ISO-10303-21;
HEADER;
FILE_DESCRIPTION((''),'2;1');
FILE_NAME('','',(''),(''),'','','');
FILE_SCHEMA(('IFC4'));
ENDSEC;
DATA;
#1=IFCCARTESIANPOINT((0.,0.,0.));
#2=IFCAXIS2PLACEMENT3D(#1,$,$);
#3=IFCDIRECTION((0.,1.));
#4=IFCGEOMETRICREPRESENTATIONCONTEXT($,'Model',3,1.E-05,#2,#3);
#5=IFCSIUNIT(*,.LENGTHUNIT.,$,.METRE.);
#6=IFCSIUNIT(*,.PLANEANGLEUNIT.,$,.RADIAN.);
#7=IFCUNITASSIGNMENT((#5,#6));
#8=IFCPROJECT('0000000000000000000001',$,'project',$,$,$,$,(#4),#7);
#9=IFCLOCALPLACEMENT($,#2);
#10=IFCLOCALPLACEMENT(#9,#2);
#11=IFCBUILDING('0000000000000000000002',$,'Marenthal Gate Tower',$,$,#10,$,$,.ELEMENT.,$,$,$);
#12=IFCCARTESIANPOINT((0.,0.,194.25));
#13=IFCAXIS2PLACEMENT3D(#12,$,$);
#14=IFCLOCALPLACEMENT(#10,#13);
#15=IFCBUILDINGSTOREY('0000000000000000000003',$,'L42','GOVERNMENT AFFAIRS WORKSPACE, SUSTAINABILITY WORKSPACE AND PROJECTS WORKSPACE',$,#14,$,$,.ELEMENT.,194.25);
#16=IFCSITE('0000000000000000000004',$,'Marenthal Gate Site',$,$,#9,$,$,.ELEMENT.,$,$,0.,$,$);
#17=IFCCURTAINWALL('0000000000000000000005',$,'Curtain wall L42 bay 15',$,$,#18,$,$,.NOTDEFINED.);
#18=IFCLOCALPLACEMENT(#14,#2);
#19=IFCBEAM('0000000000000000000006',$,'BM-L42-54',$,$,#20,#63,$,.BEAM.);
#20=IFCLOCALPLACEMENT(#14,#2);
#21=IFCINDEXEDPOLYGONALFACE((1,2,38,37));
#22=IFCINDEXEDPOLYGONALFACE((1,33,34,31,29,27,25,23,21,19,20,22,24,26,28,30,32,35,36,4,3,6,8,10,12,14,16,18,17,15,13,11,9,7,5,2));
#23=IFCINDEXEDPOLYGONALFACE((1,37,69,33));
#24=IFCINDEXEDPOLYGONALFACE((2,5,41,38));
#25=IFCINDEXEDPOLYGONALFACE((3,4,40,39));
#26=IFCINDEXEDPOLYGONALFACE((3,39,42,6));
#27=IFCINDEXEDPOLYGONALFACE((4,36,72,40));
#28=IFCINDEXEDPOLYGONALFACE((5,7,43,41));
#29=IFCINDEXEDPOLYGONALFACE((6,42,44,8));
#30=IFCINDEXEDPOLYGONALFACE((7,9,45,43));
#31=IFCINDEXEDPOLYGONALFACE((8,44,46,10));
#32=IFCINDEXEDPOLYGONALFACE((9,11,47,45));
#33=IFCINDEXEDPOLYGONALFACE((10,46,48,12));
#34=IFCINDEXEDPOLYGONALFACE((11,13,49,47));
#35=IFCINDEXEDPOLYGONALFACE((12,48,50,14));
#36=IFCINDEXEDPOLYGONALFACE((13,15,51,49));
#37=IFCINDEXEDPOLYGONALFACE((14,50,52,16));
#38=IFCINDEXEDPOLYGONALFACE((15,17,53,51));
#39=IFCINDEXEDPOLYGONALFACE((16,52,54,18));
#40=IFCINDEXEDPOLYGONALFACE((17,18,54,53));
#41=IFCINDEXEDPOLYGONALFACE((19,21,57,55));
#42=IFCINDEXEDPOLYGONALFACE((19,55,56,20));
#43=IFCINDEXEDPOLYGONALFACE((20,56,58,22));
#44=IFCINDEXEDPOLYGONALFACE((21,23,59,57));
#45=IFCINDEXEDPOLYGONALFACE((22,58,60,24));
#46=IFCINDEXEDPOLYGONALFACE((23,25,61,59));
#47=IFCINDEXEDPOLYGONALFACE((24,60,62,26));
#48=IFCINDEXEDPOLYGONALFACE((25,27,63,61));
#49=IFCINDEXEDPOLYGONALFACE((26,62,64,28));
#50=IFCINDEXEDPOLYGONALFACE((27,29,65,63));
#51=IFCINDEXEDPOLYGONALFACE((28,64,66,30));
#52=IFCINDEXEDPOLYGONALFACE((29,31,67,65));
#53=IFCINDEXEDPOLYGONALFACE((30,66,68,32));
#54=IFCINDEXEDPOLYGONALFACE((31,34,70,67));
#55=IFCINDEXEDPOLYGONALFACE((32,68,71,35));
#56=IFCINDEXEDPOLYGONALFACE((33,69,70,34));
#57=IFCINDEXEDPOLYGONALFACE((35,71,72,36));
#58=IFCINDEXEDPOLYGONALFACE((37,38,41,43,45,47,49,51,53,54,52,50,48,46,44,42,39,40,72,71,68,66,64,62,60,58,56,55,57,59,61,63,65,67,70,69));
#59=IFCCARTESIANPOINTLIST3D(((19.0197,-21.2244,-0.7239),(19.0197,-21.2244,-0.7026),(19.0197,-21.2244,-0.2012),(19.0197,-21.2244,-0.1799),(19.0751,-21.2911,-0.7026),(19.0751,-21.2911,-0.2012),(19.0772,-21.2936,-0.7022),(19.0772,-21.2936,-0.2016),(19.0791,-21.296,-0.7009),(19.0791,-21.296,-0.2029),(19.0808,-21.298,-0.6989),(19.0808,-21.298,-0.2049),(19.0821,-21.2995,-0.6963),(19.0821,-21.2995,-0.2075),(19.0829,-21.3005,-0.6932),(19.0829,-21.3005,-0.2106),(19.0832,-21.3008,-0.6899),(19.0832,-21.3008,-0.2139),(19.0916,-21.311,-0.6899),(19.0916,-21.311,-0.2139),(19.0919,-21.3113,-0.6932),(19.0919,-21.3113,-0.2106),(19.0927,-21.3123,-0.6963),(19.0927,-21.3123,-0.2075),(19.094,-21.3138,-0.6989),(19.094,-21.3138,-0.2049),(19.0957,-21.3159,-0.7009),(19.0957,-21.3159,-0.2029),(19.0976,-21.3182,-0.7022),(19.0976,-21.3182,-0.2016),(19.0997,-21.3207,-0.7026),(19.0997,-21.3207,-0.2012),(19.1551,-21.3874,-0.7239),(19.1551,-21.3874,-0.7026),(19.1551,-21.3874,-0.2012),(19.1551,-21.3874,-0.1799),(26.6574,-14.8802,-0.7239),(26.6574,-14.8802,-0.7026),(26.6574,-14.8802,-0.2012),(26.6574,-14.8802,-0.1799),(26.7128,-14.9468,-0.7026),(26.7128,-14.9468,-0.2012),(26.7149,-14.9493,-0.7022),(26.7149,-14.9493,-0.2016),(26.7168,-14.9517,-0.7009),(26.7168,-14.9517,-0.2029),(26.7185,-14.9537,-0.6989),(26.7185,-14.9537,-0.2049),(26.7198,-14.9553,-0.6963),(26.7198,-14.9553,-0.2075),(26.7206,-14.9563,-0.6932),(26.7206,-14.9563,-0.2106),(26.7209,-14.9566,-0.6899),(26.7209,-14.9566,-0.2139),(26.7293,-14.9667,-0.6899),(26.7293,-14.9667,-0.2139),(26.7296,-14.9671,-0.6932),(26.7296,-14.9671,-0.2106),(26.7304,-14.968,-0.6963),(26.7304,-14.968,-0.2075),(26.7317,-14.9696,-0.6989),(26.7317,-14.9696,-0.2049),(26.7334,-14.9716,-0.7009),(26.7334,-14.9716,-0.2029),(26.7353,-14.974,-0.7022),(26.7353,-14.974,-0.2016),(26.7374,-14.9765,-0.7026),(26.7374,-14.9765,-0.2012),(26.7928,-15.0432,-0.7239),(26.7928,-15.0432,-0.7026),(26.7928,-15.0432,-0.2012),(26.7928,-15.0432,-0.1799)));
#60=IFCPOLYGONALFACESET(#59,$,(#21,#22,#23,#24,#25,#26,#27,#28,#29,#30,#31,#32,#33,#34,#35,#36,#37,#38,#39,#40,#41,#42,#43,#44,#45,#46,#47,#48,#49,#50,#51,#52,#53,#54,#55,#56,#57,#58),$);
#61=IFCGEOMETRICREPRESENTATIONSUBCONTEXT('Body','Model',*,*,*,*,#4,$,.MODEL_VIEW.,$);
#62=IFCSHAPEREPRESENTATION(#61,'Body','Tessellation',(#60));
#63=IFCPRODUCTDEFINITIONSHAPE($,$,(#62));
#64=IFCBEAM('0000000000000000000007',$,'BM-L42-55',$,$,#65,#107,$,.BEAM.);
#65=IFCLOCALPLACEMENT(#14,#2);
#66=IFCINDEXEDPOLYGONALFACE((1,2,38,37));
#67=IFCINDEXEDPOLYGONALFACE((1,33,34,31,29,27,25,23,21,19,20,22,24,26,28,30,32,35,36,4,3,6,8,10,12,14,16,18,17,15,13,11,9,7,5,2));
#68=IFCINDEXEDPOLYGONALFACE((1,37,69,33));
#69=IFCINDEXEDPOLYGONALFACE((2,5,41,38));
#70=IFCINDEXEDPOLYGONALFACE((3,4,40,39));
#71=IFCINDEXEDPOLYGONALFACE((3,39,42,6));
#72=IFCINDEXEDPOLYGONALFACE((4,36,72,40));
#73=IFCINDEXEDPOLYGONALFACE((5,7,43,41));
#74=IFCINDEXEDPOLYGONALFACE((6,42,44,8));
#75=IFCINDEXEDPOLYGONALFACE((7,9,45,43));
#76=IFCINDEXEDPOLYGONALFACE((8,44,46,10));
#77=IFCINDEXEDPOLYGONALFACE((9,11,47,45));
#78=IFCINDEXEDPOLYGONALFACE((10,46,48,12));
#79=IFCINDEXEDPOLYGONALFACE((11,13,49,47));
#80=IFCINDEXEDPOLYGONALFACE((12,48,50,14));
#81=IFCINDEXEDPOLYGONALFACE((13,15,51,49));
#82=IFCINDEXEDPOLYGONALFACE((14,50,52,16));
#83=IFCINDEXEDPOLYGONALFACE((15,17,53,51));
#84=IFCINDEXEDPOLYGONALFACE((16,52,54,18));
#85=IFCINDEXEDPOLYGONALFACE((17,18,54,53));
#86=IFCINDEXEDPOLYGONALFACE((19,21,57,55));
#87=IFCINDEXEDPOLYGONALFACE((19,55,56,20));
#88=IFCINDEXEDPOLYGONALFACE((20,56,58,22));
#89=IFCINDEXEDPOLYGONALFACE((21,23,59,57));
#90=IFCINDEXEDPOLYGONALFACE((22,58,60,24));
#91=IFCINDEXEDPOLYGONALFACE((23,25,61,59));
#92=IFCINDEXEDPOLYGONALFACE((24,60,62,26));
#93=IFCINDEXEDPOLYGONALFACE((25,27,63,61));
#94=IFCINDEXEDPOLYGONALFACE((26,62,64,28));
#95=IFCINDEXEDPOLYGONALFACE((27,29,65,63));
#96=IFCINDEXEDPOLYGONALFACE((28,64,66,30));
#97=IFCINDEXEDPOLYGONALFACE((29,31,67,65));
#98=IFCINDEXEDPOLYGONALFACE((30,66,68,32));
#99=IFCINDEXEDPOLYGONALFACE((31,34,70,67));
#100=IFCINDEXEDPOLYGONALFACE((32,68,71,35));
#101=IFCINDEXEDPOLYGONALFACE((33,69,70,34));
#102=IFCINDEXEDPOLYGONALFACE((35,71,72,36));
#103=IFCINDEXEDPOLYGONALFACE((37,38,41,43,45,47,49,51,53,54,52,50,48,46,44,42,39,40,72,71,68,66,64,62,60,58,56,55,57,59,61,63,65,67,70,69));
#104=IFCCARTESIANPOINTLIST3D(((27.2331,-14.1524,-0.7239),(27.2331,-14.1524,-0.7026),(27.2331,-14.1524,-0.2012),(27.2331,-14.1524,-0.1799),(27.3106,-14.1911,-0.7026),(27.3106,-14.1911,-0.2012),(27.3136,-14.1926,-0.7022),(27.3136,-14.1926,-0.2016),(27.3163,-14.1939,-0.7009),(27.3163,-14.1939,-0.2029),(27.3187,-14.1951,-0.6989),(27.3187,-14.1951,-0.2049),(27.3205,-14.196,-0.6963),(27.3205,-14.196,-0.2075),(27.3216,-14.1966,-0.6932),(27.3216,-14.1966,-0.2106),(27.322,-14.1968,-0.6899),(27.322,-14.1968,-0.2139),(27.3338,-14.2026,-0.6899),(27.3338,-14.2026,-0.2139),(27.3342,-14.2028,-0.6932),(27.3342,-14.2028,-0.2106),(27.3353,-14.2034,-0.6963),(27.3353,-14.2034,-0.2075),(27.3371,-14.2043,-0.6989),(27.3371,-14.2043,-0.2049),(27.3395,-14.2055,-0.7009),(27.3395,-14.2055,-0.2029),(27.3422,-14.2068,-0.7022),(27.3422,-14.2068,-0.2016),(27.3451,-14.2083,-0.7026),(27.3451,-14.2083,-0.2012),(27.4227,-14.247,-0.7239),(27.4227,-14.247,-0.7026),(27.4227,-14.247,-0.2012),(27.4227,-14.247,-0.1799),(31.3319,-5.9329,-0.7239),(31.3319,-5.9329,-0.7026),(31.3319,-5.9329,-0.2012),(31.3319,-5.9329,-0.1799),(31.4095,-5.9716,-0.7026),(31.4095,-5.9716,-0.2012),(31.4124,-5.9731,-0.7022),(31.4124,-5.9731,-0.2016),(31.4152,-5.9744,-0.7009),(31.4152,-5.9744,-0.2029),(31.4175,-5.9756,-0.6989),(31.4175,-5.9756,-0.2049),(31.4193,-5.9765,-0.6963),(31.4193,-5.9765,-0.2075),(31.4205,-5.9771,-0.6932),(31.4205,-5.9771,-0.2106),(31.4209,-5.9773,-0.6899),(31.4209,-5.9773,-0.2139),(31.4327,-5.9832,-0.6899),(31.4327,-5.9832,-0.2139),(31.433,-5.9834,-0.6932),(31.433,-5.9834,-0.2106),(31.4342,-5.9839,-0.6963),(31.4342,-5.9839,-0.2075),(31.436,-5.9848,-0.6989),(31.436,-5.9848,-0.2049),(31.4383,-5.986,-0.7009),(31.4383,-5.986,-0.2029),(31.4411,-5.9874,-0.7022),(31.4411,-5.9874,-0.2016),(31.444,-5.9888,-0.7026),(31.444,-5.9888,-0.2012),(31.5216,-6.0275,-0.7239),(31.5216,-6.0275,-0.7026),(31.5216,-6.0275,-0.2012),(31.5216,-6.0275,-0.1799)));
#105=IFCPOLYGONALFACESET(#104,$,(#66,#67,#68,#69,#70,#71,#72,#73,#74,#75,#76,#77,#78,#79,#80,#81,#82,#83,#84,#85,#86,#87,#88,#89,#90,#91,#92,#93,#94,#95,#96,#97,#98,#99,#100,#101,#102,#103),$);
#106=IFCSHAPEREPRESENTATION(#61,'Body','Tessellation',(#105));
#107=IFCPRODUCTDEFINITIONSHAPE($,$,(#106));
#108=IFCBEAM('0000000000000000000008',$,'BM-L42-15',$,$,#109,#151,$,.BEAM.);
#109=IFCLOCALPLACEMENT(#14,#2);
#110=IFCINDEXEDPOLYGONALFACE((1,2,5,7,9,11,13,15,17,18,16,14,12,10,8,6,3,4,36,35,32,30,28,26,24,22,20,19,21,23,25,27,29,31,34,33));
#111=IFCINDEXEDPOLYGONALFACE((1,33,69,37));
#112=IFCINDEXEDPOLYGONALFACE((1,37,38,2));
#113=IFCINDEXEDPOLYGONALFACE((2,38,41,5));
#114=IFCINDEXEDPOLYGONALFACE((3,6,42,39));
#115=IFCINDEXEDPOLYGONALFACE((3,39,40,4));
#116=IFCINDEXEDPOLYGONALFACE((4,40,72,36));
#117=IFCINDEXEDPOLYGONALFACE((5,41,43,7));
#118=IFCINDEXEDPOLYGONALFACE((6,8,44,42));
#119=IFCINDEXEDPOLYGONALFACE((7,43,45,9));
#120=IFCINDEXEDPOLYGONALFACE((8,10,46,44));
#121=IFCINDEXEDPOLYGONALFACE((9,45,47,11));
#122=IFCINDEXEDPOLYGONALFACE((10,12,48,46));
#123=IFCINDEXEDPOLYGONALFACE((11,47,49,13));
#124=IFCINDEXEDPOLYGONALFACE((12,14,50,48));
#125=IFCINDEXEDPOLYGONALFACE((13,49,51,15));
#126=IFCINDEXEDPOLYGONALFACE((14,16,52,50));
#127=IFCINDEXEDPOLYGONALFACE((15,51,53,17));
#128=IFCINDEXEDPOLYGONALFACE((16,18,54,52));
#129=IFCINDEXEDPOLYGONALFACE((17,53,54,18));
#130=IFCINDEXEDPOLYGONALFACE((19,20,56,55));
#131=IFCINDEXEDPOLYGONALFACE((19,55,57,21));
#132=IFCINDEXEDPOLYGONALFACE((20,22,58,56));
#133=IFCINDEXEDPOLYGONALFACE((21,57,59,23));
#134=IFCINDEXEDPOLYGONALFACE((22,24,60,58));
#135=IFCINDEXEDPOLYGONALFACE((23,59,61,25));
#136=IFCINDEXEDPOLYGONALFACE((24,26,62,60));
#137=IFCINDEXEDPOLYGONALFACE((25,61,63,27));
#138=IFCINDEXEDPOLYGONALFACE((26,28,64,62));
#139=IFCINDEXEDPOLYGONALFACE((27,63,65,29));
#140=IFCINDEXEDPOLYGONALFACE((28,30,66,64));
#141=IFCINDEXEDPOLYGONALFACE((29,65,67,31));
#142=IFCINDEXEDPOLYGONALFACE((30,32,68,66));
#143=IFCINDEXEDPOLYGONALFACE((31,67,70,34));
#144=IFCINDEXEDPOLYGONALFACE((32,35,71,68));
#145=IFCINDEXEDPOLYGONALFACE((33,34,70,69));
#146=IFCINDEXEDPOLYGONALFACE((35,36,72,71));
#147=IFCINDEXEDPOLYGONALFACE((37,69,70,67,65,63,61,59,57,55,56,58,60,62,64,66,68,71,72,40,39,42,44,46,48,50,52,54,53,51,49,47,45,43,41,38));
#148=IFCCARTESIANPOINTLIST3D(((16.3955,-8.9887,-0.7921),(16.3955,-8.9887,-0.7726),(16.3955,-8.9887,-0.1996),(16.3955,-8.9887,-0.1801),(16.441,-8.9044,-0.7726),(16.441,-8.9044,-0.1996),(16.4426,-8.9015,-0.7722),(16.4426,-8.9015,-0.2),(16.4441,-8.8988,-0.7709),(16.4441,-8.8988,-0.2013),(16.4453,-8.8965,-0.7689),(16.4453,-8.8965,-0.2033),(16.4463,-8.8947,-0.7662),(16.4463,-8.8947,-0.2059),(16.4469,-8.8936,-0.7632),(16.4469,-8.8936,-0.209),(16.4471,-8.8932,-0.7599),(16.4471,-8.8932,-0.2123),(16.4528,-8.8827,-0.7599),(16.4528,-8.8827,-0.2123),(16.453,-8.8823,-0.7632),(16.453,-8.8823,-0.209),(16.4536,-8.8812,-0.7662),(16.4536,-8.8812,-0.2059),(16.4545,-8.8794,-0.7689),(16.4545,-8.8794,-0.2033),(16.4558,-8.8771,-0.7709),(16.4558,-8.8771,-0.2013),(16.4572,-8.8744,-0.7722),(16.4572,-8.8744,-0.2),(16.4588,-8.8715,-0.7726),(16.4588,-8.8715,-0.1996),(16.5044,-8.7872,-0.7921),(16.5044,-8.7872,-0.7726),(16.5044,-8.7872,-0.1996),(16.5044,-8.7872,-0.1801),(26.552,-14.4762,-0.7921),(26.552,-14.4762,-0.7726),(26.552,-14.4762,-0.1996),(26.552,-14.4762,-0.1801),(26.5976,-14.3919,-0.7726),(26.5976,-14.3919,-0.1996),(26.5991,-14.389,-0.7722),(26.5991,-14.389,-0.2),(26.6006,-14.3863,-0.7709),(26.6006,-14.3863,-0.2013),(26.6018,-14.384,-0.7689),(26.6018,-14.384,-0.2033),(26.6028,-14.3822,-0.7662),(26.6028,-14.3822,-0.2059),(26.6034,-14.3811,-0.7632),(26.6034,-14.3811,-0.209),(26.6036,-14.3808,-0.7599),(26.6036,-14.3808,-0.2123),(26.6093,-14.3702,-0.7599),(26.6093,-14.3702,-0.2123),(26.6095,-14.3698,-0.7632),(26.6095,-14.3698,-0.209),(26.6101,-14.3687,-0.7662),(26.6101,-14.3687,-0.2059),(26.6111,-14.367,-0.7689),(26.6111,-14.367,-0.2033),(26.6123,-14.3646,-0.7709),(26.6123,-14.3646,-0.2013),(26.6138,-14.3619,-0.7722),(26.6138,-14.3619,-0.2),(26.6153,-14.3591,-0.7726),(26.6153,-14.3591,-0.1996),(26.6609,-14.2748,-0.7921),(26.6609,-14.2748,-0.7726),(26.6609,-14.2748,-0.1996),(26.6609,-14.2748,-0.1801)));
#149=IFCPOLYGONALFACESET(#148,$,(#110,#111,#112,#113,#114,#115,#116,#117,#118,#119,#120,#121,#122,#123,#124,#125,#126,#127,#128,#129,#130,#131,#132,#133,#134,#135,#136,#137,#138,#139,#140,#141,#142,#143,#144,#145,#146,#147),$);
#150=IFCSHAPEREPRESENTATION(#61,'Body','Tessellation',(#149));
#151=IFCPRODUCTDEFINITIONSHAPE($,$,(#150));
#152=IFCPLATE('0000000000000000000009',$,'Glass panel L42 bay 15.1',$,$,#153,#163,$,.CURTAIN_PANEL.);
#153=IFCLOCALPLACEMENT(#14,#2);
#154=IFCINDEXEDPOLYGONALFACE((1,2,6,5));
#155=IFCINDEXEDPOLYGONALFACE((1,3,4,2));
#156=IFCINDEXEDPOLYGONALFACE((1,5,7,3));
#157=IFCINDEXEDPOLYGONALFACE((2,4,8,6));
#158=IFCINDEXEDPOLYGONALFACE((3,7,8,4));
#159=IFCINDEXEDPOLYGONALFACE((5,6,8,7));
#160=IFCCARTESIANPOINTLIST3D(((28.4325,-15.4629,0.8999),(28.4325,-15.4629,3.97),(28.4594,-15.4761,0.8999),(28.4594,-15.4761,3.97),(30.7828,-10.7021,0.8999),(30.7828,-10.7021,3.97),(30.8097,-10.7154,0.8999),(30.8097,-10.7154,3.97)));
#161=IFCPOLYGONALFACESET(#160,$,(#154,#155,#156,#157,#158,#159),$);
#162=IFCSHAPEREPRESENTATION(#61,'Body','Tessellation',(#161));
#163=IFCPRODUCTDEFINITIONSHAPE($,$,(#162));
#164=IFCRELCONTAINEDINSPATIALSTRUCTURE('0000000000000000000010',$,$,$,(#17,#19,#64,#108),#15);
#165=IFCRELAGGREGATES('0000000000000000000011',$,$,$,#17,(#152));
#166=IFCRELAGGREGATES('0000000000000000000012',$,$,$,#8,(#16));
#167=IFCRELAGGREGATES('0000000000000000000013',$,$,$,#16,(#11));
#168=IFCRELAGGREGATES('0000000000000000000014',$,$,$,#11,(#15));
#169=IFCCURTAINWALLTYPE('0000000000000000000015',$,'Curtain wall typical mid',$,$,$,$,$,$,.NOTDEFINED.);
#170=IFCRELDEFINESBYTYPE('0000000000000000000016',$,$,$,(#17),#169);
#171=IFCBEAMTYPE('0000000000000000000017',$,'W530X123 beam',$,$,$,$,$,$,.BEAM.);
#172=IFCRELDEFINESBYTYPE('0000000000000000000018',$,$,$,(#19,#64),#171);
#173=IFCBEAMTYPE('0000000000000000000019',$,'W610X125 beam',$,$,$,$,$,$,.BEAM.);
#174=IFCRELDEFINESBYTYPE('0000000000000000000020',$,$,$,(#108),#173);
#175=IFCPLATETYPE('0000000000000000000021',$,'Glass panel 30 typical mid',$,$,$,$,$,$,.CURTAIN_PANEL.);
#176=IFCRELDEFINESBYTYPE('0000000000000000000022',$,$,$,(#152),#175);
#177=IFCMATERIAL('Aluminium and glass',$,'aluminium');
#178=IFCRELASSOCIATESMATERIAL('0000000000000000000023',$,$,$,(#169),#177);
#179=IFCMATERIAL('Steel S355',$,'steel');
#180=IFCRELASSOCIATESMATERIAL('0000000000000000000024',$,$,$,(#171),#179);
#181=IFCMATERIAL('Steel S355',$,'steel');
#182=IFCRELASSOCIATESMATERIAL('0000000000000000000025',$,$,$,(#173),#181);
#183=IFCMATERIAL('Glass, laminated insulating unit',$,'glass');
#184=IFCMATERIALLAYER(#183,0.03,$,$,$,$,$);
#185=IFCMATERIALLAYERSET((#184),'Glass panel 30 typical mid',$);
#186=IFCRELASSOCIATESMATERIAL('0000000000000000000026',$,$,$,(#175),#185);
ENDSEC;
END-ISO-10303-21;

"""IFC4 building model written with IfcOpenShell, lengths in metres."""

from ifc_helpers import new_model, si_unit, direction, frame, origin, origin_2d, place, context, subcontext, project, spatial, rectangle, i_section, extrude, material, layer, layer_set, material_profile, profile_set, type_object, element, aggregate, save


model = new_model("IFC4")

# Units and contexts
model_context = context("Model", 3, precision=1e-05, world=origin(), true_north=direction((0.0, 1.0)))
body_context = subcontext(model_context, "Body", "Model", "MODEL_VIEW")
ifc_project = project(units=[si_unit("LENGTHUNIT", "METRE"), si_unit("PLANEANGLEUNIT", "RADIAN")], contexts=[model_context])

# Site, building, storey
site_placement = place(None, origin())
site = spatial("IfcSite", under=ifc_project, at=site_placement, Name="Marenthal Gate Site", CompositionType="ELEMENT", RefElevation=0.0)
building_placement = place(site_placement, origin())
building = spatial("IfcBuilding", under=site, at=building_placement, Name="Marenthal Gate Tower", CompositionType="ELEMENT")
storey_placement = place(building_placement, frame((0.0, 0.0, 194.25)))
storey = spatial("IfcBuildingStorey", under=building, at=storey_placement, Name="L42", Description="GOVERNMENT AFFAIRS WORKSPACE, SUSTAINABILITY WORKSPACE AND PROJECTS WORKSPACE", CompositionType="ELEMENT", Elevation=194.25)

# Shared definitions
ifc_material_1 = material(Name="Aluminium and glass", Category="aluminium")
curtain_wall_type = type_object("IfcCurtainWallType", Name="Curtain wall typical mid", PredefinedType="NOTDEFINED", material=ifc_material_1)

# Curtain wall
curtain_wall_1_placement = place(storey_placement, origin())
curtain_wall_1 = element("IfcCurtainWall", 1, at=curtain_wall_1_placement, inside=storey, type_object=curtain_wall_type, Name="Curtain wall L42 bay 15", PredefinedType="NOTDEFINED")

# Beams
ifc_material_2 = material(Name="Steel S355", Category="steel")
ifc_material_profile_1 = material_profile(ifc_material_2, i_section(OverallWidth=0.2119, OverallDepth=0.5439, WebThickness=0.0132, FlangeThickness=0.0212, FilletRadius=0.0127, at=origin_2d()), Name="W530X123")
ifc_profile_set_1 = profile_set([ifc_material_profile_1], Name="Steel S355")
beam_type_1 = type_object("IfcBeamType", Name="W530X123 beam", PredefinedType="BEAM", material=ifc_profile_set_1)
beam_1_placement = place(storey_placement, frame((19.0874, -21.3059, -0.4519), z_axis=(0.769236, 0.638965, 0.0), x_axis=(-0.638965, 0.769236, 0.0)))
element("IfcBeam", 2, at=beam_1_placement, inside=storey, type_object=beam_type_1, Name="BM-L42-54", PredefinedType="BEAM", context=body_context, shape_type="SweptSolid", body=[
    extrude(i_section(OverallWidth=0.2119, OverallDepth=0.5439, WebThickness=0.0132, FlangeThickness=0.0212, FilletRadius=0.0127, at=origin_2d()), origin(), (0.0, 0.0, 1.0), 9.929),
])
beam_2_placement = place(storey_placement, frame((27.3279, -14.1997, -0.4519), z_axis=(0.446267, 0.8949, 0.0), x_axis=(-0.8949, 0.446267, 0.0)))
element("IfcBeam", 3, at=beam_2_placement, inside=storey, type_object=beam_type_1, Name="BM-L42-55", PredefinedType="BEAM", context=body_context, shape_type="SweptSolid", body=[
    extrude(i_section(OverallWidth=0.2119, OverallDepth=0.5439, WebThickness=0.0132, FlangeThickness=0.0212, FilletRadius=0.0127, at=origin_2d()), origin(), (0.0, 0.0, 1.0), 9.1848),
])
ifc_material_3 = material(Name="Steel S355", Category="steel")
ifc_material_profile_2 = material_profile(ifc_material_3, i_section(OverallWidth=0.229, OverallDepth=0.6121, WebThickness=0.012, FlangeThickness=0.0195, FilletRadius=0.0127, at=origin_2d()), Name="W610X125")
ifc_profile_set_2 = profile_set([ifc_material_profile_2], Name="Steel S355")
beam_type_2 = type_object("IfcBeamType", Name="W610X125 beam", PredefinedType="BEAM", material=ifc_profile_set_2)
beam_3_placement = place(storey_placement, frame((26.6064, -14.3755, -0.4861), z_axis=(-0.879795, 0.475353, 0.0), x_axis=(-0.475353, -0.879795, 0.0)))
element("IfcBeam", 4, at=beam_3_placement, inside=storey, type_object=beam_type_2, Name="BM-L42-15", PredefinedType="BEAM", context=body_context, shape_type="SweptSolid", body=[
    extrude(i_section(OverallWidth=0.229, OverallDepth=0.6121, WebThickness=0.012, FlangeThickness=0.0195, FilletRadius=0.0127, at=origin_2d()), origin(), (0.0, 0.0, 1.0), 11.5442),
])

# Plate
ifc_material_4 = material(Name="Glass, laminated insulating unit", Category="glass")
ifc_layer_1 = layer(ifc_material_4, 0.03)
ifc_layer_set_1 = layer_set([ifc_layer_1], Name="Glass panel 30 typical mid")
plate_type = type_object("IfcPlateType", Name="Glass panel 30 typical mid", PredefinedType="CURTAIN_PANEL", material=ifc_layer_set_1)
plate_placement = place(storey_placement, frame((29.6211, -13.0891, 0.8999), z_axis=(0.0, 0.0, 1.0), x_axis=(0.442678, 0.896681, 0.0)))
plate = element("IfcPlate", 5, at=plate_placement, type_object=plate_type, Name="Glass panel L42 bay 15.1", PredefinedType="CURTAIN_PANEL", context=body_context, shape_type="SweptSolid", body=[
    extrude(rectangle(XDim=5.3093, YDim=0.03, at=origin_2d()), origin(), (0.0, 0.0, 1.0), 3.0701),
])
aggregate(curtain_wall_1, [plate])

save(model, "model.ifc")
